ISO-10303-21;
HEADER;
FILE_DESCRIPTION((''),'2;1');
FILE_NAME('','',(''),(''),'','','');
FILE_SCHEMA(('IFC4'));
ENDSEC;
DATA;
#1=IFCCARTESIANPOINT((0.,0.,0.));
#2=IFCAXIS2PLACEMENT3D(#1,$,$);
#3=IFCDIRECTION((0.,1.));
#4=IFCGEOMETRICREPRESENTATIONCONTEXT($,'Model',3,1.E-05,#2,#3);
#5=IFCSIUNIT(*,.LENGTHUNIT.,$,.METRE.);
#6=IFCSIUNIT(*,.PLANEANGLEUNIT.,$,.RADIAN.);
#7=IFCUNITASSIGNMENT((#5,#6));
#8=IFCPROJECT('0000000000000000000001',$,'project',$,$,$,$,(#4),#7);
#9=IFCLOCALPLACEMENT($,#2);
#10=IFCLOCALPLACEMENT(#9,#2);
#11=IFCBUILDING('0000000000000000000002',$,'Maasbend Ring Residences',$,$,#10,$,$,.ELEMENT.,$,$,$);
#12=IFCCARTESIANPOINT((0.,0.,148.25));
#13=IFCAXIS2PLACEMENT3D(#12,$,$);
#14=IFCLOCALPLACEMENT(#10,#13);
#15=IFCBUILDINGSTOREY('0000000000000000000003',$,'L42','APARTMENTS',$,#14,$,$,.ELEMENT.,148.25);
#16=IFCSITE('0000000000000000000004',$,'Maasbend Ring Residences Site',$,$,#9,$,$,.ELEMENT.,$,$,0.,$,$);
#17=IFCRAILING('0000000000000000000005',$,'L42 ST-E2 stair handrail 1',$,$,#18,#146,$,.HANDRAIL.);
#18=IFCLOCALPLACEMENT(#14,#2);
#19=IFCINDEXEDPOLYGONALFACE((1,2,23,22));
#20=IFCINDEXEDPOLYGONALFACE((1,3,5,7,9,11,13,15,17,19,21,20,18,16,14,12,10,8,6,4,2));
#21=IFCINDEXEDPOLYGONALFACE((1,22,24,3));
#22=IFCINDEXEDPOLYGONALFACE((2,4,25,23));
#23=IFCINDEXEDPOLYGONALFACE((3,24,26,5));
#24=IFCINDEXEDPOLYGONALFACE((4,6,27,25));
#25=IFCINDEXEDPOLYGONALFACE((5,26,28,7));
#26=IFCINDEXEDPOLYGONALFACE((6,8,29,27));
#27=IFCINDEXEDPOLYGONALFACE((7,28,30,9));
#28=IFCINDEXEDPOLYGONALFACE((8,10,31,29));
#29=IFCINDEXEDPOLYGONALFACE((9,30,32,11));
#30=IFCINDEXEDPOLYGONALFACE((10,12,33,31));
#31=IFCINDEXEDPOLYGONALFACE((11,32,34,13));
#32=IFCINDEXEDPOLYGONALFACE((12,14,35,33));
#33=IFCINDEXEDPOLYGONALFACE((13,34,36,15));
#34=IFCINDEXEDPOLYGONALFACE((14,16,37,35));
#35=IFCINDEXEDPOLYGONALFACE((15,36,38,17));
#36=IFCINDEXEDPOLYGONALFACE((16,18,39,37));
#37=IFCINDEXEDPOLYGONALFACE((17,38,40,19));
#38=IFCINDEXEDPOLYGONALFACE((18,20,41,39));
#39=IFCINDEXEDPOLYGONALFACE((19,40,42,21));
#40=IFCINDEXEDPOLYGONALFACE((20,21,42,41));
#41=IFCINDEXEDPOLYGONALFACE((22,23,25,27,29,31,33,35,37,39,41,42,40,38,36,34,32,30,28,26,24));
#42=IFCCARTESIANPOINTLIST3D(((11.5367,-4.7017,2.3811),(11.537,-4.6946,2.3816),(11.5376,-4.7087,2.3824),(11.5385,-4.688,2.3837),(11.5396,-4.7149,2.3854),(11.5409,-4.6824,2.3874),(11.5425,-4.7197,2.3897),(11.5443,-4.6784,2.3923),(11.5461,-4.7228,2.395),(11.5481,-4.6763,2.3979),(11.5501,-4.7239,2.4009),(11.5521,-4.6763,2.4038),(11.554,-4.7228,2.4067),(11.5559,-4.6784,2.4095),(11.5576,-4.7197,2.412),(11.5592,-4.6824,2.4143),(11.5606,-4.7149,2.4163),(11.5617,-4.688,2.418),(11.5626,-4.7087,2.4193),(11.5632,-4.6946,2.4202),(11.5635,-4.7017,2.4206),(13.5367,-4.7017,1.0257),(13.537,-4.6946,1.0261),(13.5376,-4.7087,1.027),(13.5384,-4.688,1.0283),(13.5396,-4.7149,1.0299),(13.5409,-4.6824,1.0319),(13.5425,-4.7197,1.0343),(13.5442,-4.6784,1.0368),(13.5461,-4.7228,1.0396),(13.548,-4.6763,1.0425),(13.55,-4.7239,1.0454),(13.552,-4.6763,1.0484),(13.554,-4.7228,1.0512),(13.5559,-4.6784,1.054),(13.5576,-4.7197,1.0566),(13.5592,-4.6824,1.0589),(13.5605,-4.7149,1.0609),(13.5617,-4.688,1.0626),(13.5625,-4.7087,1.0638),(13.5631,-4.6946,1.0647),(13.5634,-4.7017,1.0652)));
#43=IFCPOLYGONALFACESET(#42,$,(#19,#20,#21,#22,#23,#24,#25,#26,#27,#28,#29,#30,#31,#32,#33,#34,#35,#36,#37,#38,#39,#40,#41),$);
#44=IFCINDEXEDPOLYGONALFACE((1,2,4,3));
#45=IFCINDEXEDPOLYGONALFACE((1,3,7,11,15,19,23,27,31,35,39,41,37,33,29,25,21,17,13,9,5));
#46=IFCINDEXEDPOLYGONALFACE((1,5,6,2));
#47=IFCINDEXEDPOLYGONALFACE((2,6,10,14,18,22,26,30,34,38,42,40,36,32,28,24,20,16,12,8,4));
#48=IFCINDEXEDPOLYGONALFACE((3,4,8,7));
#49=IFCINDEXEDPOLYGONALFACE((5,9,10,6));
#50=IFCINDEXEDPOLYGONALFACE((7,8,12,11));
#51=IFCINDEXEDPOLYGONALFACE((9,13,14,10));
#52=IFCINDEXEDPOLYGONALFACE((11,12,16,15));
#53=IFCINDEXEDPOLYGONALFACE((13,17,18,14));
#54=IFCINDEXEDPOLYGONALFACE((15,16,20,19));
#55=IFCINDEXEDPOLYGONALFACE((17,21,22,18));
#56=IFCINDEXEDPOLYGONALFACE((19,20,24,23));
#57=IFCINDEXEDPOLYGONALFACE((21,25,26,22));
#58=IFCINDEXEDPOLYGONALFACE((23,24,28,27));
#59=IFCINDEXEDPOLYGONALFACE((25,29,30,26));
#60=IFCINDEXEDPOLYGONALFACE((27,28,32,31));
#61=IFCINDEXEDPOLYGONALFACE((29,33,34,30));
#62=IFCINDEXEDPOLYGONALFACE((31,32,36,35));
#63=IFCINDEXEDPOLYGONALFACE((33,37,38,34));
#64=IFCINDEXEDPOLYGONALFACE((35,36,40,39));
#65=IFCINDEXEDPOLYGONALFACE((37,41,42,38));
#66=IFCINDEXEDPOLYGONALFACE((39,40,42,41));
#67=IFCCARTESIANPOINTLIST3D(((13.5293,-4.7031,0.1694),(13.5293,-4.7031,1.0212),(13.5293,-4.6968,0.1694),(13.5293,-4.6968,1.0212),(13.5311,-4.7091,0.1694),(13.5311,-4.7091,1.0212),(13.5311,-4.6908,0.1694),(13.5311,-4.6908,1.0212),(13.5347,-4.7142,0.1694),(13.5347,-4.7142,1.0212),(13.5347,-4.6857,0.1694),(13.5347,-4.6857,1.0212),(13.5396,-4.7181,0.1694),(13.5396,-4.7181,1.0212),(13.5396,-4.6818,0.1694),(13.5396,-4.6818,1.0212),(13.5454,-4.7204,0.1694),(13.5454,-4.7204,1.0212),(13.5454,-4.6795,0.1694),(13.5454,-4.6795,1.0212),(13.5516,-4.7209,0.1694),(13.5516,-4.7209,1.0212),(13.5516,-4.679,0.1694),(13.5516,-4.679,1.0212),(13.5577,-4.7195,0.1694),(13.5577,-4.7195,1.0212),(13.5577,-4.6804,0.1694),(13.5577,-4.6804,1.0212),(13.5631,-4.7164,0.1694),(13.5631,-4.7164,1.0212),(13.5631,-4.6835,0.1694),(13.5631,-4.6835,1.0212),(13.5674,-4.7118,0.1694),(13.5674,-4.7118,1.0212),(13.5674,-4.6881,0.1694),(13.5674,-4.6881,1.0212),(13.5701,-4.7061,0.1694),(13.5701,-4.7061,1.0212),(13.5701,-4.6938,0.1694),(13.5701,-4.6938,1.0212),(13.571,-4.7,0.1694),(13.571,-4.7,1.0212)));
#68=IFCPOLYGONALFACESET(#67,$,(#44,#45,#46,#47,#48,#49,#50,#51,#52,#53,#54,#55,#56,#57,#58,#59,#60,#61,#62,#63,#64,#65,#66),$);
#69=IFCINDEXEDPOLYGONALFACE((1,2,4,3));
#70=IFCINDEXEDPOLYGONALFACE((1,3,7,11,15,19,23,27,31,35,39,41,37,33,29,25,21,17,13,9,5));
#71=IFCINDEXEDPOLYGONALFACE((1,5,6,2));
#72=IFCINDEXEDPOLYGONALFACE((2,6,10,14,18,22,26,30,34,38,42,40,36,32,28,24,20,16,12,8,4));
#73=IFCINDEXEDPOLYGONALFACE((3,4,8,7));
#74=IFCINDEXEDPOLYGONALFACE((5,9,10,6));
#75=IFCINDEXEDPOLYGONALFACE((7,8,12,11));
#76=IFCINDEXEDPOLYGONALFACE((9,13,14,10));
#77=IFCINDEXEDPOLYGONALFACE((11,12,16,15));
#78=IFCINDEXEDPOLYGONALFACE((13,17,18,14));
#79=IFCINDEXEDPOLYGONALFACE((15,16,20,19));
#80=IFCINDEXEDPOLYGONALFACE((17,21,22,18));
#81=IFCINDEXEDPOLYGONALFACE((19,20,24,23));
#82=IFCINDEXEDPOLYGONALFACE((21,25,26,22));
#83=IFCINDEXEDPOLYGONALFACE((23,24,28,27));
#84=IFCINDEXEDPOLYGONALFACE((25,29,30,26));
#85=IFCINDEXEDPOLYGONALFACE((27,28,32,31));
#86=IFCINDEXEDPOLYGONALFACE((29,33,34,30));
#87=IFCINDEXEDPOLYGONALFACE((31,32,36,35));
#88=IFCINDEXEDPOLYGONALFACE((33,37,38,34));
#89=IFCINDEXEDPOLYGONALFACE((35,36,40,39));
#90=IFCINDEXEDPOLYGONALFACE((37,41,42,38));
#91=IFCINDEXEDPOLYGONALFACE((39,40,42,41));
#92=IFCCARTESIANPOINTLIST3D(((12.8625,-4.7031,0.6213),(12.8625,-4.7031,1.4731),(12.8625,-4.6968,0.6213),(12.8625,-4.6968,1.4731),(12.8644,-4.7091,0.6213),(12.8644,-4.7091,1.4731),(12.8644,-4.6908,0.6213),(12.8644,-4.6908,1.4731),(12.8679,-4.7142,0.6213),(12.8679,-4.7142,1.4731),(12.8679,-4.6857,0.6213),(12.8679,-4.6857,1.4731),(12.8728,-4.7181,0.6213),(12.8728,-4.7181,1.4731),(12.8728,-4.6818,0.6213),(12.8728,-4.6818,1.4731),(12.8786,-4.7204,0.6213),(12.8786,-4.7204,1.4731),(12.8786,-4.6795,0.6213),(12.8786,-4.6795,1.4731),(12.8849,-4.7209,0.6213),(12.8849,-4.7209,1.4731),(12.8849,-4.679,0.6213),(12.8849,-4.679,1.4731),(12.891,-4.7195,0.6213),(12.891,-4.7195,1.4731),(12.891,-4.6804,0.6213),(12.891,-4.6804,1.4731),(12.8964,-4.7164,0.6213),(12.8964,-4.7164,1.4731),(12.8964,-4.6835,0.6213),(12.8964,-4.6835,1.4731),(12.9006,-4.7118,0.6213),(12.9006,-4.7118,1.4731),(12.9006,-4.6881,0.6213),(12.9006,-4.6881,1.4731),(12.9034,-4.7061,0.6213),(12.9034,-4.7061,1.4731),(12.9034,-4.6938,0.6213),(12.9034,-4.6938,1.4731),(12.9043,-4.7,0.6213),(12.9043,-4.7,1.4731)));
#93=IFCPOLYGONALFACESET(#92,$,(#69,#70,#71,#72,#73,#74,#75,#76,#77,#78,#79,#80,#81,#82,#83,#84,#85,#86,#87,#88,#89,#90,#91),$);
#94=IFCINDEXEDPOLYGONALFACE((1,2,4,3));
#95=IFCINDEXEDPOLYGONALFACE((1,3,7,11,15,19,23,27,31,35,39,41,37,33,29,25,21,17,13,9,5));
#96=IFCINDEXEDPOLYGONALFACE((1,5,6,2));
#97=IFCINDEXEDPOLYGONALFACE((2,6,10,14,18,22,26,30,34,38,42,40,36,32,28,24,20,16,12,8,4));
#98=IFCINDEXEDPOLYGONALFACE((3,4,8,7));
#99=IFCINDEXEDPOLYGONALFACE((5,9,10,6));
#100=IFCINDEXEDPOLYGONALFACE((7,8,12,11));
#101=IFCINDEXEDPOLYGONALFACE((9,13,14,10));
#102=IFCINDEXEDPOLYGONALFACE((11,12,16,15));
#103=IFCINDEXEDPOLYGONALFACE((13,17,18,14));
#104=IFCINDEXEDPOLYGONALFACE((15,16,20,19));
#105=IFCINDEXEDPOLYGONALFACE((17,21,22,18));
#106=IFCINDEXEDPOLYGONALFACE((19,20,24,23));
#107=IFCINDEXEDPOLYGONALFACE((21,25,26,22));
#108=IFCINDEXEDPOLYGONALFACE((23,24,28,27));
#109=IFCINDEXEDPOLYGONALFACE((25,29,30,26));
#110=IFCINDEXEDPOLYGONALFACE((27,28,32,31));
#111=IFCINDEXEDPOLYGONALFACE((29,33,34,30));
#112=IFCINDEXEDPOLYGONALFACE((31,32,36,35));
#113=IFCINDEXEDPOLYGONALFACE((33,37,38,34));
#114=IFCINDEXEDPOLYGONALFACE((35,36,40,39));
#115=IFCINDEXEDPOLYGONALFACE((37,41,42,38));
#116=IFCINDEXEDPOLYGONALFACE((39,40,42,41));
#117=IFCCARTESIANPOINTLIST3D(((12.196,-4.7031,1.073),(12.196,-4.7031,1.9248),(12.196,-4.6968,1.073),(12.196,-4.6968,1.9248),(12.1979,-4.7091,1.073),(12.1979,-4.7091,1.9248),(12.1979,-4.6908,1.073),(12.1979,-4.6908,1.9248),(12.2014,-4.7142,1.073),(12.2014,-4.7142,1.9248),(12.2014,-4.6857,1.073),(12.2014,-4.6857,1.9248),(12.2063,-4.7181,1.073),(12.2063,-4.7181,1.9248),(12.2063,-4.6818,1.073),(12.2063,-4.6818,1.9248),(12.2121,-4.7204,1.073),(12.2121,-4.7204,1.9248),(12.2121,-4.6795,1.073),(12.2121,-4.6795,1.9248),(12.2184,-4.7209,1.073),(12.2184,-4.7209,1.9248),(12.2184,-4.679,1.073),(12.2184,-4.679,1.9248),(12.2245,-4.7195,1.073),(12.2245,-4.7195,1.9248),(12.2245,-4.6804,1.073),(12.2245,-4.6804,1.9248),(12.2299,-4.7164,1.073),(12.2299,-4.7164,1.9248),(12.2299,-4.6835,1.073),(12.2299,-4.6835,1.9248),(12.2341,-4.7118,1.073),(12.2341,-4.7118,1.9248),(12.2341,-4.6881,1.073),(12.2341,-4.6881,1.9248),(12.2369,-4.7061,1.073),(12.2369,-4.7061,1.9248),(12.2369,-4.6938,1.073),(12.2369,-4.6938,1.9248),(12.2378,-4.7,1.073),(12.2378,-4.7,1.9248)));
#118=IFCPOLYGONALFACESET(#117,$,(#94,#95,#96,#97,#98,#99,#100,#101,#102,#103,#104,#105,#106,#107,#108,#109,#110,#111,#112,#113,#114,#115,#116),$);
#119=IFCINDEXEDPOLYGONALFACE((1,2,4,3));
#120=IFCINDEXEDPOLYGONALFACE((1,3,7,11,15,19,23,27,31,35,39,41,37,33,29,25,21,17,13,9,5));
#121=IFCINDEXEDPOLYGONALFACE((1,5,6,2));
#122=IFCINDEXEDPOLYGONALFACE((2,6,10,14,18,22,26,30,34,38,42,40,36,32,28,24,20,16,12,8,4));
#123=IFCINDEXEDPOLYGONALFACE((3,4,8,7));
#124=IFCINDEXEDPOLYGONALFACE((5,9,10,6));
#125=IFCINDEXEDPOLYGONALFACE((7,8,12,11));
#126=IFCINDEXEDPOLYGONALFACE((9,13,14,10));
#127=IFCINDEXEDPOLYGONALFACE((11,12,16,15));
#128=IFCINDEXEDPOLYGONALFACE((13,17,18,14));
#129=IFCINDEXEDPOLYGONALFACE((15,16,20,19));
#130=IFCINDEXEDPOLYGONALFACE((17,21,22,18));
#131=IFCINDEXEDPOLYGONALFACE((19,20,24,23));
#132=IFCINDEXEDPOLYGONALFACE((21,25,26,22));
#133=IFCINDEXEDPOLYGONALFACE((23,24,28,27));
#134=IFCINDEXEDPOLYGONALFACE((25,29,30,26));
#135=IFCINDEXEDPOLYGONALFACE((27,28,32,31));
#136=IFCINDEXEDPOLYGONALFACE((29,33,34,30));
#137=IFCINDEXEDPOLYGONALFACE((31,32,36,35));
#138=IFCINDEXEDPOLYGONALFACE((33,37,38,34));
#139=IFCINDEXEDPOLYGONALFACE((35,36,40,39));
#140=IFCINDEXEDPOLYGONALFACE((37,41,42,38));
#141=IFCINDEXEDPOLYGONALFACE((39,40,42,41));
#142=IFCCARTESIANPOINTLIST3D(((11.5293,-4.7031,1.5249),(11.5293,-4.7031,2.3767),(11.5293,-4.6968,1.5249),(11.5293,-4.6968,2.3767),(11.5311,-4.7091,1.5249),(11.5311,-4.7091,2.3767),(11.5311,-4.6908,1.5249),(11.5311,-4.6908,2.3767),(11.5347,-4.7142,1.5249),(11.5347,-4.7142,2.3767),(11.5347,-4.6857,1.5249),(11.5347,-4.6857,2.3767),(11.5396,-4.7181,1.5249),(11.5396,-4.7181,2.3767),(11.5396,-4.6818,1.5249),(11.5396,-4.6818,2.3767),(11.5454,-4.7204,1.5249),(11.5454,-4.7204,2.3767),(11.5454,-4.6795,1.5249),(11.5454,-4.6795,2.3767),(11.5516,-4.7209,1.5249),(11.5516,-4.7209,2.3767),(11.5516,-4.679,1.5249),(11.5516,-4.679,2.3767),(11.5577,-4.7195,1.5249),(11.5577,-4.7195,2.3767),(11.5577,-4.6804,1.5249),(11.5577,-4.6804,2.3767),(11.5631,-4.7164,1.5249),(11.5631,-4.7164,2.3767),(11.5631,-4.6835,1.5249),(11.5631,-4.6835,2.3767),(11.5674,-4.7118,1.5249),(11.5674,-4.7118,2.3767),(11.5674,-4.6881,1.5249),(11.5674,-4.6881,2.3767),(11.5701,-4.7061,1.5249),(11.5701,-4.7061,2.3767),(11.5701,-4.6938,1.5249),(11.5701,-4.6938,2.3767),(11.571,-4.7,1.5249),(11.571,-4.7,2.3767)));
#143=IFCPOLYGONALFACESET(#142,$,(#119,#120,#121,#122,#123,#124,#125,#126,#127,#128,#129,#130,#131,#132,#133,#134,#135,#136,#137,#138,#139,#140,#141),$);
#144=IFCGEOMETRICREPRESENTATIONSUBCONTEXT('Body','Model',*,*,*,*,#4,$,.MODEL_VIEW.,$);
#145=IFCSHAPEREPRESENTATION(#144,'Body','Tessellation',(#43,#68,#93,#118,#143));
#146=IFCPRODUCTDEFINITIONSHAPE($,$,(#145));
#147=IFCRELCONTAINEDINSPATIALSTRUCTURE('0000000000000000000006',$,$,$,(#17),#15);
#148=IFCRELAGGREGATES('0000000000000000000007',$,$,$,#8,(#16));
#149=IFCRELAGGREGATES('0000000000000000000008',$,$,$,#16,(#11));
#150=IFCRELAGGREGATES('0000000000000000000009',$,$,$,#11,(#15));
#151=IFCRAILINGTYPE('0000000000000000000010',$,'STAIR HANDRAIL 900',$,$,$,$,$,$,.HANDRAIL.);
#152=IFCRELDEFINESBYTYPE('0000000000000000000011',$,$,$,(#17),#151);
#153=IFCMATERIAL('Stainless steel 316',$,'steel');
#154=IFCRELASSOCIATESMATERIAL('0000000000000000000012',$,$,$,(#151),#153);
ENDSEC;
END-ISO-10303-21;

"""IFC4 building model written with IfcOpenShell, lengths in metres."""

from ifc_helpers import new_model, si_unit, direction, frame, origin, origin_2d, place, context, subcontext, project, spatial, circle, extrude, material, type_object, element, save


model = new_model("IFC4")

# Units and contexts
model_context = context("Model", 3, precision=1e-05, world=origin(), true_north=direction((0.0, 1.0)))
body_context = subcontext(model_context, "Body", "Model", "MODEL_VIEW")
ifc_project = project(units=[si_unit("LENGTHUNIT", "METRE"), si_unit("PLANEANGLEUNIT", "RADIAN")], contexts=[model_context])

# Site, building, storey
site_placement = place(None, origin())
site = spatial("IfcSite", under=ifc_project, at=site_placement, Name="Maasbend Ring Residences Site", CompositionType="ELEMENT", RefElevation=0.0)
building_placement = place(site_placement, origin())
building = spatial("IfcBuilding", under=site, at=building_placement, Name="Maasbend Ring Residences", CompositionType="ELEMENT")
storey_placement = place(building_placement, frame((0.0, 0.0, 148.25)))
storey = spatial("IfcBuildingStorey", under=building, at=storey_placement, Name="L42", Description="APARTMENTS", CompositionType="ELEMENT", Elevation=148.25)

# Railing
ifc_material_1 = material(Name="Stainless steel 316", Category="steel")
railing_type_1 = type_object("IfcRailingType", Name="STAIR HANDRAIL 900", PredefinedType="HANDRAIL", material=ifc_material_1)
railing_1_placement = place(storey_placement, frame((13.55, -4.7, 0.1694)))
element("IfcRailing", 1, at=railing_1_placement, inside=storey, type_object=railing_type_1, Name="L42 ST-E2 stair handrail 1", PredefinedType="HANDRAIL", context=body_context, shape_type="SweptSolid", body=[
    extrude(circle(Radius=0.0239, at=origin_2d()), frame((0.0, 0.0, 0.876), z_axis=(-0.827798, 0.0, 0.561027), x_axis=(0.0, -1.0, 0.0)), (0.0, 0.0, 1.0), 2.416),
    extrude(circle(Radius=0.021, at=origin_2d()), origin(), (0.0, 0.0, 1.0), 0.8518),
    extrude(circle(Radius=0.021, at=origin_2d()), frame((-0.6667, 0.0, 0.4519)), (0.0, 0.0, 1.0), 0.8518),
    extrude(circle(Radius=0.021, at=origin_2d()), frame((-1.3333, 0.0, 0.9036)), (0.0, 0.0, 1.0), 0.8518),
    extrude(circle(Radius=0.021, at=origin_2d()), frame((-2.0, 0.0, 1.3555)), (0.0, 0.0, 1.0), 0.8518),
])

save(model, "model.ifc")
